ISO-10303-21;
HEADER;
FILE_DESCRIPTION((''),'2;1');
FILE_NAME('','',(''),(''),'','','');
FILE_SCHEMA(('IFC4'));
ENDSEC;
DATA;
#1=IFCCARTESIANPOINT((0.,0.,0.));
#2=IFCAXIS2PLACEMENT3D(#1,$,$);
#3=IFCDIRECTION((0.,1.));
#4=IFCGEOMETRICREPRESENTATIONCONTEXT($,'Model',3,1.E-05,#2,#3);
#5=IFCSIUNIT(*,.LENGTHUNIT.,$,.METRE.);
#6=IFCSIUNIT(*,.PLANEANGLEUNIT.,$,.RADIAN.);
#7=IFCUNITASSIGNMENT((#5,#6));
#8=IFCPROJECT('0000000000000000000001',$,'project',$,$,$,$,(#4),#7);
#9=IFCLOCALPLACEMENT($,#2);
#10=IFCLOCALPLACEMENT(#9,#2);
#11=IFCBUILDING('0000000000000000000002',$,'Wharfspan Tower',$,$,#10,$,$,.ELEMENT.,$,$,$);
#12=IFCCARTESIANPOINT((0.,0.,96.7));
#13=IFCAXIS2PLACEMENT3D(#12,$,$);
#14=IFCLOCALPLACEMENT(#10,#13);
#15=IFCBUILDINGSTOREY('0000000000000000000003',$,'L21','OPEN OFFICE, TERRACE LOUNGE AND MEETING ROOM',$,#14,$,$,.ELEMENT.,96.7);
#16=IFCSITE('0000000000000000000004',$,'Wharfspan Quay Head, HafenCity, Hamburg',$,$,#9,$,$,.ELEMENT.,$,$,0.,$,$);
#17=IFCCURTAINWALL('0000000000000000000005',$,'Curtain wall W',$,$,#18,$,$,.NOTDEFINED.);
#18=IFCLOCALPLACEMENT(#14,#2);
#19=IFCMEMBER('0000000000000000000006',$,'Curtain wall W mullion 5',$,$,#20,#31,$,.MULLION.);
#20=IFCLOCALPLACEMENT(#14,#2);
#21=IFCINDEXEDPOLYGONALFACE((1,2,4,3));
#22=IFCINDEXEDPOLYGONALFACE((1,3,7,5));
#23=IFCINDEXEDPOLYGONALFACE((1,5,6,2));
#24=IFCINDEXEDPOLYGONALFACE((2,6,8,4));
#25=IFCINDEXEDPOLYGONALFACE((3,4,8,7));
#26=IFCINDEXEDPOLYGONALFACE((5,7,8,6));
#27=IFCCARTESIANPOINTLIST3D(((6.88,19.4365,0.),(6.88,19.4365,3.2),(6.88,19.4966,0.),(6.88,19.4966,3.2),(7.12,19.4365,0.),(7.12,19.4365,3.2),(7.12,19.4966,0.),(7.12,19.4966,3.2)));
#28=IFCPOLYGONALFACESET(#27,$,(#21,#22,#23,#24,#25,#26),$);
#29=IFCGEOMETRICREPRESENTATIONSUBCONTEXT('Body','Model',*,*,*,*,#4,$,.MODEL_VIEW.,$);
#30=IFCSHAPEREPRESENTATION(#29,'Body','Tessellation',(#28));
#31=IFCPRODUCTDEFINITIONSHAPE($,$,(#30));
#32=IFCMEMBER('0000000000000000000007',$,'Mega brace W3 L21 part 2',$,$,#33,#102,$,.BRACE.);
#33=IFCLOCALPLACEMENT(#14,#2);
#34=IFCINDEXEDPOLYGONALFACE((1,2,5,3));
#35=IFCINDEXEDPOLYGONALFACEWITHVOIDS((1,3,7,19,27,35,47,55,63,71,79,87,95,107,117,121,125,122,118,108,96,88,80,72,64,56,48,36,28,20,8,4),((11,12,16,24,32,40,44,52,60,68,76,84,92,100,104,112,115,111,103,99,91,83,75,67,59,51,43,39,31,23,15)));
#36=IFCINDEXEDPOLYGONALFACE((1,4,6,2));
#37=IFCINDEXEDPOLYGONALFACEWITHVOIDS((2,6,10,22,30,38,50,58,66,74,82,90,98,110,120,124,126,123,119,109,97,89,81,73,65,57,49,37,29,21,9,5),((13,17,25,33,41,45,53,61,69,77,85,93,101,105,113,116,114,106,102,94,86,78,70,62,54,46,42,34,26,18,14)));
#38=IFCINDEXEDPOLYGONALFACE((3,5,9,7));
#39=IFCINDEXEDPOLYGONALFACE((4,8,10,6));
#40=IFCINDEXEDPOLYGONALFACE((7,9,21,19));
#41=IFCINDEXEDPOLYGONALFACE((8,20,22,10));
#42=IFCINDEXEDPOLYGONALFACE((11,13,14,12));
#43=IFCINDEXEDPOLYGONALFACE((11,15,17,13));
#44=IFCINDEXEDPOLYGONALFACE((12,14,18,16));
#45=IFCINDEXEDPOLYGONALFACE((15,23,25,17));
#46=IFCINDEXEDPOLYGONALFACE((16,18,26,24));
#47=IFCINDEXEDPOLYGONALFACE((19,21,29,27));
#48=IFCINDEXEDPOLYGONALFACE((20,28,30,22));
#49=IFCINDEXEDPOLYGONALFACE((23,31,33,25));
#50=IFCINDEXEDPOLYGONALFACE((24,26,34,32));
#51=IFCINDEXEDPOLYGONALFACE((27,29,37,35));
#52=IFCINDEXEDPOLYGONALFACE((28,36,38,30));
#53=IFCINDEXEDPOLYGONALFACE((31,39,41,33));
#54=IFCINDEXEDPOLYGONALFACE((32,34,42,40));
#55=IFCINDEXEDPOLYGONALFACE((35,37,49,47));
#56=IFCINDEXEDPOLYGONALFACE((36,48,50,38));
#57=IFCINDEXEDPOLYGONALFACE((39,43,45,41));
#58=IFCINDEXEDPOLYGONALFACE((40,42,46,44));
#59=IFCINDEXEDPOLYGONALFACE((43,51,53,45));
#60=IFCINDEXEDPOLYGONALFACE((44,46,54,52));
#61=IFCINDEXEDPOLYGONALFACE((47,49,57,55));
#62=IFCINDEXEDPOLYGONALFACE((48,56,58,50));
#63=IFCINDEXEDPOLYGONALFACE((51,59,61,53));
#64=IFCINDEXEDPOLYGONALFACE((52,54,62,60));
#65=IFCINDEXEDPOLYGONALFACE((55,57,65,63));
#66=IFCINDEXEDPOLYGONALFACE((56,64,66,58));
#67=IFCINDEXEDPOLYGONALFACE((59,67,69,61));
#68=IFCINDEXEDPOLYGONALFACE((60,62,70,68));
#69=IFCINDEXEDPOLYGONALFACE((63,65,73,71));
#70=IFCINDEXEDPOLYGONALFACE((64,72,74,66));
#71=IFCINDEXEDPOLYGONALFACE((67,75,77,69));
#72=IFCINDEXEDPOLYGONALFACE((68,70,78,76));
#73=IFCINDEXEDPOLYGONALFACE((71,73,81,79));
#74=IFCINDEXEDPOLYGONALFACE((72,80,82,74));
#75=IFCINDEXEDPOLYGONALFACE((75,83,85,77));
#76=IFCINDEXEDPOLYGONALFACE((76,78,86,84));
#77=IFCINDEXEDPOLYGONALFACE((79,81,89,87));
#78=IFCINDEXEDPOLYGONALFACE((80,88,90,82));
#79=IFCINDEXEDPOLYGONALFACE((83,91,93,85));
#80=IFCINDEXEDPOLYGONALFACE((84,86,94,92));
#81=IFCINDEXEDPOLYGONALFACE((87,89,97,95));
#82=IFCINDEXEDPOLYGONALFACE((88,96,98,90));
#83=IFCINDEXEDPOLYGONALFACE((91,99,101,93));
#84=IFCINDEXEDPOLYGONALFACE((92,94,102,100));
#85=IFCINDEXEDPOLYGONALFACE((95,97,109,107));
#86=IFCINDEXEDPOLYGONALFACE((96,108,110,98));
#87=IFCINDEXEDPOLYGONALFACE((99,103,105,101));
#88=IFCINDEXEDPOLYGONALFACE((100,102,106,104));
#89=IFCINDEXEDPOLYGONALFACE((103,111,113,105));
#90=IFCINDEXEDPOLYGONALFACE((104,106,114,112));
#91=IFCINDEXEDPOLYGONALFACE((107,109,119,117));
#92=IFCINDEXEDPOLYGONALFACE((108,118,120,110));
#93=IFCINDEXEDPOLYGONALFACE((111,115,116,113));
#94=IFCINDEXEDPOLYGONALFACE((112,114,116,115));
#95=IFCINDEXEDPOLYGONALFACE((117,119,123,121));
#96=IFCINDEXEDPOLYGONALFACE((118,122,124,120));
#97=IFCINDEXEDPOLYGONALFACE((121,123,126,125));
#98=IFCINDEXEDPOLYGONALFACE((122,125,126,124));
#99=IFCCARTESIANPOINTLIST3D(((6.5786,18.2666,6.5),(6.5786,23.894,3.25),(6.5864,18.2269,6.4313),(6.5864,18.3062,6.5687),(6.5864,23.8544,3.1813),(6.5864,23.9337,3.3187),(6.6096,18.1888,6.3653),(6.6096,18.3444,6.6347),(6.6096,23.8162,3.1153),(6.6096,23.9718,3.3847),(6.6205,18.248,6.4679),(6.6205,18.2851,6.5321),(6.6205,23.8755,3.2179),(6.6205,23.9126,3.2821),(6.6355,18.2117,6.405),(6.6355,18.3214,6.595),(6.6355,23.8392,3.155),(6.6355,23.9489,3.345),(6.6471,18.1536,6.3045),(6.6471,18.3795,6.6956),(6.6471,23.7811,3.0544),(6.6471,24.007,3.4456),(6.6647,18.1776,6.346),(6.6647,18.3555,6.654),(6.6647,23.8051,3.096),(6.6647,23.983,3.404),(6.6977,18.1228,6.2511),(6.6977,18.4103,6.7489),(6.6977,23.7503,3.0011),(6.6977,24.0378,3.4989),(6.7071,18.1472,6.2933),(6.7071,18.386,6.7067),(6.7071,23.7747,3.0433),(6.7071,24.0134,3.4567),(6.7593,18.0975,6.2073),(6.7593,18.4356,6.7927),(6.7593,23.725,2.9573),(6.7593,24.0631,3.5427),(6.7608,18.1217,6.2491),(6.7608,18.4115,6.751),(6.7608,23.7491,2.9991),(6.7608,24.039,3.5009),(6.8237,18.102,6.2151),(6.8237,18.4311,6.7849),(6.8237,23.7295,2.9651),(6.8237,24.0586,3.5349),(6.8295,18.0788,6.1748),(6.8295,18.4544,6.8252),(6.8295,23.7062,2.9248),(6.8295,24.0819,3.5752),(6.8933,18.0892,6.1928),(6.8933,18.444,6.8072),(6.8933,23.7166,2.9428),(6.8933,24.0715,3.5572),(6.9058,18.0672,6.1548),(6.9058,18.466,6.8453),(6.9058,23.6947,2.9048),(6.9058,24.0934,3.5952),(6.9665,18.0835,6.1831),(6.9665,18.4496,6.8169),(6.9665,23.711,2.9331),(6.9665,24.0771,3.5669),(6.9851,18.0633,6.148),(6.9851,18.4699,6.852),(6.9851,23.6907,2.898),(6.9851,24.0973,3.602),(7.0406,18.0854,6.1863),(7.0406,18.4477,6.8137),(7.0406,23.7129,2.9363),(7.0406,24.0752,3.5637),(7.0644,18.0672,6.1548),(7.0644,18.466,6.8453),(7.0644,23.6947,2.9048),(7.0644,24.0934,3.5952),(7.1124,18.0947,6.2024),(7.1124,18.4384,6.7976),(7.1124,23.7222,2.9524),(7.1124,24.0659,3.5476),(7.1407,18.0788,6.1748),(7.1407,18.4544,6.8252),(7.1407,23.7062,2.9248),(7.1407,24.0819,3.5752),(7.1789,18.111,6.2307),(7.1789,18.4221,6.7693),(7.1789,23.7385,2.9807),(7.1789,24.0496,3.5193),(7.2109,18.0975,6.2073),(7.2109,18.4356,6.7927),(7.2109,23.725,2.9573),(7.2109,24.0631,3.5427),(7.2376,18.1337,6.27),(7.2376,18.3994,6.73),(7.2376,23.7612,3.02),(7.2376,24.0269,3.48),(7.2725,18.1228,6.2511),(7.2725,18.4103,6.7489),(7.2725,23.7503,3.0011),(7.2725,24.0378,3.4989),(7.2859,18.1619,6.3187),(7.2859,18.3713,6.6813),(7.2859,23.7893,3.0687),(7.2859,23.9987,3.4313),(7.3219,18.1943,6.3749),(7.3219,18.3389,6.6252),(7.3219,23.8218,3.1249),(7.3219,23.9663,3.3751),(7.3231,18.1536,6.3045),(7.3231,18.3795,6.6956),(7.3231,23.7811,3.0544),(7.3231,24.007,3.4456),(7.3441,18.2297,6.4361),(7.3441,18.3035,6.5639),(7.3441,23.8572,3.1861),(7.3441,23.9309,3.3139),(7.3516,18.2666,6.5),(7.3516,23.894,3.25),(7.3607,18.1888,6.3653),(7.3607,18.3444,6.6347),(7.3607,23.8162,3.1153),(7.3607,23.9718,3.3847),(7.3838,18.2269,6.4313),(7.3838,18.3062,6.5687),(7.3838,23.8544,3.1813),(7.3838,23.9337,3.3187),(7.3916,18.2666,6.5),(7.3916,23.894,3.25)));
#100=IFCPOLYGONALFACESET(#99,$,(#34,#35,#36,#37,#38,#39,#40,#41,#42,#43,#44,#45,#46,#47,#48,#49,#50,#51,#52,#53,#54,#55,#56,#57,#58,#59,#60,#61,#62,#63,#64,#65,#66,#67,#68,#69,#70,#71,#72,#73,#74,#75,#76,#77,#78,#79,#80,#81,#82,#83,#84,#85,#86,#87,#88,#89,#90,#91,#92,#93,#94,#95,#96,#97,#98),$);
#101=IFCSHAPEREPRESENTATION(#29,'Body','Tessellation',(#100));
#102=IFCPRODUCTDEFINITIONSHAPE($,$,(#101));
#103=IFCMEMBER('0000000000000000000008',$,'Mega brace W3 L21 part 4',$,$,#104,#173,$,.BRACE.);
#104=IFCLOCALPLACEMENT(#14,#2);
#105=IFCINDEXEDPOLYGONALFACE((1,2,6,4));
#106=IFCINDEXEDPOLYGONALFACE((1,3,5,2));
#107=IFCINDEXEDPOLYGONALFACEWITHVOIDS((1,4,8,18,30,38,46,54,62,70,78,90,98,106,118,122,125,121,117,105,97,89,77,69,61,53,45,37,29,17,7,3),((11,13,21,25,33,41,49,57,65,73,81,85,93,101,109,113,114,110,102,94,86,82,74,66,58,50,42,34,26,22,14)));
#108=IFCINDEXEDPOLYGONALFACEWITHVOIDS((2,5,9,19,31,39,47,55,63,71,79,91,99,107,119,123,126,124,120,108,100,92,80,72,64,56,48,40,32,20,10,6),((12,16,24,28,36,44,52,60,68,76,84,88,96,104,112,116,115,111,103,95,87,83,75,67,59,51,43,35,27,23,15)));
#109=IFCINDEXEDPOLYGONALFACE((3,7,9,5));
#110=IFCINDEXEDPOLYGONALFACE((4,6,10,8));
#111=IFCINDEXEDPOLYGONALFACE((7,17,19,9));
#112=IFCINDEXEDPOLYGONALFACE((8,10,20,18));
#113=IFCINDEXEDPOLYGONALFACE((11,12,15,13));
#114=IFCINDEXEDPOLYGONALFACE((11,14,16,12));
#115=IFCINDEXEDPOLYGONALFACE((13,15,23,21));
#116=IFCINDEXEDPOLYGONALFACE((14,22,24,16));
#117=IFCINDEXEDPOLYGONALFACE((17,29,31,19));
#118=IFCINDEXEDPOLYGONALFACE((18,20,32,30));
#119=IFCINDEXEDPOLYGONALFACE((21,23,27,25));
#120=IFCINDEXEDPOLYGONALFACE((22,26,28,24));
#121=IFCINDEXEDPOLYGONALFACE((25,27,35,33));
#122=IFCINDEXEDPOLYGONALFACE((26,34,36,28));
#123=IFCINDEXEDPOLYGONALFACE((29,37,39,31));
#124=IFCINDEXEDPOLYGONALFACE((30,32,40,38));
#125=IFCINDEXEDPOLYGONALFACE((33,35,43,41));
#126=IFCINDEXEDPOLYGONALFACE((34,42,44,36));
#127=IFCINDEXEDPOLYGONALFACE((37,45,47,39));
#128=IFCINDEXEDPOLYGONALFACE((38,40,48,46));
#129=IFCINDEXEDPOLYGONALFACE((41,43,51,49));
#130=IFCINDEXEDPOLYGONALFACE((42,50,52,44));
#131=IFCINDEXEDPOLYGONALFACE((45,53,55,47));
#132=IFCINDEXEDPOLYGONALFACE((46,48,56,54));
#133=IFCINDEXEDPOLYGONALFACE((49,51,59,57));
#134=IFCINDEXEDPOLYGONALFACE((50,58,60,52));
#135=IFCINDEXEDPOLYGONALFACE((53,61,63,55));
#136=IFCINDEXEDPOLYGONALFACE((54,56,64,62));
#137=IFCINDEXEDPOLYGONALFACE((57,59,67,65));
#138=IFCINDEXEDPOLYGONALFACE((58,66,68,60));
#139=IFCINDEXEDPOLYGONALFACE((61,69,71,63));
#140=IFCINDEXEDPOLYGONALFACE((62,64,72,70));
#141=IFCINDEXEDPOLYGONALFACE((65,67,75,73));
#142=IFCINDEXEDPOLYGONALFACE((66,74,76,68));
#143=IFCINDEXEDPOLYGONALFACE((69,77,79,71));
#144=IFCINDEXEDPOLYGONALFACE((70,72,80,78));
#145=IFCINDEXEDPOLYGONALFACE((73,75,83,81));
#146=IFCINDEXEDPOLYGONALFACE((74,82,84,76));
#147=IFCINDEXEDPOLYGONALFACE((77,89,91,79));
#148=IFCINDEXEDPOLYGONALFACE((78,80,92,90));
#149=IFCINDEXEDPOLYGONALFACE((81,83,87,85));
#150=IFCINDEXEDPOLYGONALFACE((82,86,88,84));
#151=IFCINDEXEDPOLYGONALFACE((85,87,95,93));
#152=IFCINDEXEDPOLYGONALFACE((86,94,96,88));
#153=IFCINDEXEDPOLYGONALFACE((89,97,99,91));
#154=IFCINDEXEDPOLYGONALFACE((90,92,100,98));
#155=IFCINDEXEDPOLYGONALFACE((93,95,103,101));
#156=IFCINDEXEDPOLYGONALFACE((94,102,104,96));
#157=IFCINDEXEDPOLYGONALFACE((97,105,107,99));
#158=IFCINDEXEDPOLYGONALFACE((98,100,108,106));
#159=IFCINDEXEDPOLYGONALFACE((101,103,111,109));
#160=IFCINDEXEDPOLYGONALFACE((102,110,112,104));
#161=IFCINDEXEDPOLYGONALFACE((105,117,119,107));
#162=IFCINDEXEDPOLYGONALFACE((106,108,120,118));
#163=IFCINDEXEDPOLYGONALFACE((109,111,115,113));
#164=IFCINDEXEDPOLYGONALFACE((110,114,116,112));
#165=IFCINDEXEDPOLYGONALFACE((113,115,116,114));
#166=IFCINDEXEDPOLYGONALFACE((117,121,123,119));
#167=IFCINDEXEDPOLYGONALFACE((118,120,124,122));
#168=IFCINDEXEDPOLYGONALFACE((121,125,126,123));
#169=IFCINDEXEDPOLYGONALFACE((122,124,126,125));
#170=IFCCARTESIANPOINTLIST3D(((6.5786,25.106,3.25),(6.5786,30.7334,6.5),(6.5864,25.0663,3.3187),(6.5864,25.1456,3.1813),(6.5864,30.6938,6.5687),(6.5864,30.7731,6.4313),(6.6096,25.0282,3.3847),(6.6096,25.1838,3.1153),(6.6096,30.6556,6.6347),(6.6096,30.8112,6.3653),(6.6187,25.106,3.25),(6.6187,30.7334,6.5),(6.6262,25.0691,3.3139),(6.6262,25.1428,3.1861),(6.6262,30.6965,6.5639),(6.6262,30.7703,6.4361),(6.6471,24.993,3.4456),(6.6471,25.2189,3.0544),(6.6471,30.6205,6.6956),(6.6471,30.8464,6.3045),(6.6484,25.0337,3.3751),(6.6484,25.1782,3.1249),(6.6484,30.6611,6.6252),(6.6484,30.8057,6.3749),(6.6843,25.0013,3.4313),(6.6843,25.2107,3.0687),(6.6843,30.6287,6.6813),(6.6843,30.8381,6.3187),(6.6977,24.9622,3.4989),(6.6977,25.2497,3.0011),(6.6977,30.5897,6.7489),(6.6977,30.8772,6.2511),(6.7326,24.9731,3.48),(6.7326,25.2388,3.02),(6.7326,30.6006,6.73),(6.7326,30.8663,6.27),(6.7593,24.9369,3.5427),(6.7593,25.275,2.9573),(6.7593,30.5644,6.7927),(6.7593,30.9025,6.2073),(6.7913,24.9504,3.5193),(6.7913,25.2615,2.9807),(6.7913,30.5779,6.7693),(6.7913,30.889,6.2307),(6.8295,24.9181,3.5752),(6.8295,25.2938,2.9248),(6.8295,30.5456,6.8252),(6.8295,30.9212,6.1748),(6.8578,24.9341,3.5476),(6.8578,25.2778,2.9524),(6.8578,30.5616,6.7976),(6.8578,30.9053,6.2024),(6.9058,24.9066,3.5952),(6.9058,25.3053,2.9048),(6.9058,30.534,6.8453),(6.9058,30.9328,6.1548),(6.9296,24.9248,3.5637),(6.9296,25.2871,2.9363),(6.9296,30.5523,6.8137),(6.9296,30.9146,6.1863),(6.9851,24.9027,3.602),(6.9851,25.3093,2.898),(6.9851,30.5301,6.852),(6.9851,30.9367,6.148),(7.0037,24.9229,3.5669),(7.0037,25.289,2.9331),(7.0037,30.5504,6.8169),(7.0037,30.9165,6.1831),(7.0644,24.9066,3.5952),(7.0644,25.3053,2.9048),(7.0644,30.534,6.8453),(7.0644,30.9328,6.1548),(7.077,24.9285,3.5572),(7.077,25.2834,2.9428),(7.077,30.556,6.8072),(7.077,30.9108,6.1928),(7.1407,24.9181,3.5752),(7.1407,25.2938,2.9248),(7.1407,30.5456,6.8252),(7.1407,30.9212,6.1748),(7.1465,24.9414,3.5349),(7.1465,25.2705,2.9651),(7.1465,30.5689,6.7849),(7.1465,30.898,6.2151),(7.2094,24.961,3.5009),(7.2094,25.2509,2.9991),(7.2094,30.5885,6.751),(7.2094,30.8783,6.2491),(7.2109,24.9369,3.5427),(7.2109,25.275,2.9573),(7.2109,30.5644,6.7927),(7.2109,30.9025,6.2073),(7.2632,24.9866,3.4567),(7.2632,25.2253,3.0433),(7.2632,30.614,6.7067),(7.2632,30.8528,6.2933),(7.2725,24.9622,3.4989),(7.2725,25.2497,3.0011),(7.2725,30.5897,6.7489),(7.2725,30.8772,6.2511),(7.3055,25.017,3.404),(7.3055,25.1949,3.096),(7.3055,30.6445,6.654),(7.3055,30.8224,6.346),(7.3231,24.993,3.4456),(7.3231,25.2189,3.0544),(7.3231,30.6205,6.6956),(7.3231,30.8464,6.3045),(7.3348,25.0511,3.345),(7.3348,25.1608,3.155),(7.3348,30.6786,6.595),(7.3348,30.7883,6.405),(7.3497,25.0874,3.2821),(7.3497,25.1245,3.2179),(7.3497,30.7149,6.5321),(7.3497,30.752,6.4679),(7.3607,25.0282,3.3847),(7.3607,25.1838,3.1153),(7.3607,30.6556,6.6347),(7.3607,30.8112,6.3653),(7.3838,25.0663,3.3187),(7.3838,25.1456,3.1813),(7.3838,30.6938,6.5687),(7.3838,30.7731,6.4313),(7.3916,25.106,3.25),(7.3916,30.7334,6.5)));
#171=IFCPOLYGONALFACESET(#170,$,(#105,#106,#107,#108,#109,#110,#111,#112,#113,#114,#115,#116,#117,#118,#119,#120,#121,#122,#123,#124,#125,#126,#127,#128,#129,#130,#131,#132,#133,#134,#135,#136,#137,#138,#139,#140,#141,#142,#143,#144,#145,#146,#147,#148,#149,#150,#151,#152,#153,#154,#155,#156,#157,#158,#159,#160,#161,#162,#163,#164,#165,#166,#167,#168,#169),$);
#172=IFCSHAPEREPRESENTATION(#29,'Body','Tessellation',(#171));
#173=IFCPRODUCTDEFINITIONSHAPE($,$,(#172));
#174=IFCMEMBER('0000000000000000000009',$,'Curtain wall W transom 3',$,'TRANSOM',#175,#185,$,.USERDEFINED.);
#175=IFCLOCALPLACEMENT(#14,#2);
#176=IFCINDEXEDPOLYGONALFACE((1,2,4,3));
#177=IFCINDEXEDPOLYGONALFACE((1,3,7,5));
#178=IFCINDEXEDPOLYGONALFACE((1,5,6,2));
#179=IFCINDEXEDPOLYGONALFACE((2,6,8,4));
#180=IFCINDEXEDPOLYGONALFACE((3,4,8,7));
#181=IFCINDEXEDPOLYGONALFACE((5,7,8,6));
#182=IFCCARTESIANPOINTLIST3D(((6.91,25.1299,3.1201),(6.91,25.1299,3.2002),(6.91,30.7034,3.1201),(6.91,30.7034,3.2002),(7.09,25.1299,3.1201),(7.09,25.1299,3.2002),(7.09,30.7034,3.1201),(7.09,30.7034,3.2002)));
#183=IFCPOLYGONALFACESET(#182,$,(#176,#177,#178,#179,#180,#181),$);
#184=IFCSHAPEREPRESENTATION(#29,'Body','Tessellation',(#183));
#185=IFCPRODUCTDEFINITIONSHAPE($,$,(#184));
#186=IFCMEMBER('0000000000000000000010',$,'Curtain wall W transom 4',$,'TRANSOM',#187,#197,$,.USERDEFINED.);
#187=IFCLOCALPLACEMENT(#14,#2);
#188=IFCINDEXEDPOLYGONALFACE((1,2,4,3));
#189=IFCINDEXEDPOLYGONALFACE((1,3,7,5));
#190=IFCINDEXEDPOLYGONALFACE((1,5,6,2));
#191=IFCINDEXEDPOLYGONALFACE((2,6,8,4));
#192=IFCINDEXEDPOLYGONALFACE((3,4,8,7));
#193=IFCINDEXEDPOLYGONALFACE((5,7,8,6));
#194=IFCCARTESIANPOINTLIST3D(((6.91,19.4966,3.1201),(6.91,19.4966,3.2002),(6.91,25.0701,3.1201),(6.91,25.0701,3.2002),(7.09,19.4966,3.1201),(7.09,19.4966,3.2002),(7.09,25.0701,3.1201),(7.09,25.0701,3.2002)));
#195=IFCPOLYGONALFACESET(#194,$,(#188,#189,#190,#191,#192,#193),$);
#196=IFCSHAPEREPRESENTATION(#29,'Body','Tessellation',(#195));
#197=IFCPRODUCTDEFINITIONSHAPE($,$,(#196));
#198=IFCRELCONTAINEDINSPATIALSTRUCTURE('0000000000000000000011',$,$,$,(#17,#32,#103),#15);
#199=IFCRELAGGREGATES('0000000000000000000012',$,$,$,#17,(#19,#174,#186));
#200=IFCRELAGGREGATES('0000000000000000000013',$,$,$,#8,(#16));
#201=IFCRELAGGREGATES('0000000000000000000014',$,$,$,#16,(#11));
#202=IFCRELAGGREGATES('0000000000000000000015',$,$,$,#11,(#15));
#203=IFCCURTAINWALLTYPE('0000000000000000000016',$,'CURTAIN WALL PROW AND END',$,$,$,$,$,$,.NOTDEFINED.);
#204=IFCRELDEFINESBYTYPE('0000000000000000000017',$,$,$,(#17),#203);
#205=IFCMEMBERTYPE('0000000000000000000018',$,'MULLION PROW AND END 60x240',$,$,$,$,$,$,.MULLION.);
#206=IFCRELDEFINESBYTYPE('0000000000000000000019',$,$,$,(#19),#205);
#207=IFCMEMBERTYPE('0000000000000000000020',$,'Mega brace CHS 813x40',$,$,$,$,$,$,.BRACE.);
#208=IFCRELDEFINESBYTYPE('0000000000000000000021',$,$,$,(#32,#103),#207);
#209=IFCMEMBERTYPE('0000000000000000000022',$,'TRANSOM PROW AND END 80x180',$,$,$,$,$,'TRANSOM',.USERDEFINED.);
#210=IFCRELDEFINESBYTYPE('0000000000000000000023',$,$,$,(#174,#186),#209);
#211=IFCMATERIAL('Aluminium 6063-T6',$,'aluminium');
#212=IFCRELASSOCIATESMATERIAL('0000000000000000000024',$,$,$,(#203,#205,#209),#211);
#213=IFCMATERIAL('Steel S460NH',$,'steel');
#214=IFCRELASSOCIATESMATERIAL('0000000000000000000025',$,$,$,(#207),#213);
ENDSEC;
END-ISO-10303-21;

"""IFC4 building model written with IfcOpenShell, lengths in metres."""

from ifc_helpers import new_model, si_unit, direction, frame, origin, origin_2d, place, context, subcontext, project, spatial, rectangle, hollow_circle, extrude, material, material_profile, profile_set, type_object, element, aggregate, save


model = new_model("IFC4")

# Units and contexts
model_context = context("Model", 3, precision=1e-05, world=origin(), true_north=direction((0.0, 1.0)))
body_context = subcontext(model_context, "Body", "Model", "MODEL_VIEW")
ifc_project = project(units=[si_unit("LENGTHUNIT", "METRE"), si_unit("PLANEANGLEUNIT", "RADIAN")], contexts=[model_context])

# Site, building, storey
site_placement = place(None, origin())
site = spatial("IfcSite", under=ifc_project, at=site_placement, Name="Wharfspan Quay Head, HafenCity, Hamburg", CompositionType="ELEMENT", RefElevation=0.0)
building_placement = place(site_placement, origin())
building = spatial("IfcBuilding", under=site, at=building_placement, Name="Wharfspan Tower", CompositionType="ELEMENT")
storey_placement = place(building_placement, frame((0.0, 0.0, 96.7)))
storey = spatial("IfcBuildingStorey", under=building, at=storey_placement, Name="L21", Description="OPEN OFFICE, TERRACE LOUNGE AND MEETING ROOM", CompositionType="ELEMENT", Elevation=96.7)

# Shared definitions
ifc_material_1 = material(Name="Steel S460NH", Category="steel")

# Curtain wall, member
ifc_material_2 = material(Name="Aluminium 6063-T6", Category="aluminium")
curtain_wall_type = type_object("IfcCurtainWallType", Name="CURTAIN WALL PROW AND END", PredefinedType="NOTDEFINED", material=ifc_material_2)
curtain_wall_placement = place(storey_placement, origin())
curtain_wall = element("IfcCurtainWall", 1, at=curtain_wall_placement, inside=storey, type_object=curtain_wall_type, Name="Curtain wall W", PredefinedType="NOTDEFINED")
ifc_material_profile_1 = material_profile(ifc_material_2, rectangle(XDim=0.24, YDim=0.0601, at=origin_2d()))
ifc_profile_set_1 = profile_set([ifc_material_profile_1], Name="Aluminium 6063-T6")
member_type_1 = type_object("IfcMemberType", Name="MULLION PROW AND END 60x240", PredefinedType="MULLION", material=ifc_profile_set_1)
member_1_placement = place(storey_placement, frame((7.0, 19.4666, 0.0), z_axis=(0.0, 0.0, 1.0), x_axis=(1.0, 0.0, 0.0)))
member_1 = element("IfcMember", 2, at=member_1_placement, type_object=member_type_1, Name="Curtain wall W mullion 5", PredefinedType="MULLION", context=body_context, shape_type="SweptSolid", body=[
    extrude(rectangle(XDim=0.24, YDim=0.0601, at=origin_2d()), origin(), (0.0, 0.0, 1.0), 3.2),
])

# Members
ifc_material_profile_2 = material_profile(ifc_material_1, hollow_circle(Radius=0.4065, WallThickness=0.04, at=origin_2d()))
ifc_profile_set_2 = profile_set([ifc_material_profile_2], Name="Steel S460NH")
member_type_2 = type_object("IfcMemberType", Name="Mega brace CHS 813x40", PredefinedType="BRACE", material=ifc_profile_set_2)
for number, where, z_axis, x_axis, name in (
    (3, (6.9851, 23.894, 3.25), (0.0, -0.865959, 0.500115), (1.0, 0.0, 0.0), "Mega brace W3 L21 part 2"),
    (4, (6.9851, 25.106, 3.25), (0.0, 0.865959, 0.500115), (-1.0, 0.0, 0.0), "Mega brace W3 L21 part 4"),
):
    element("IfcMember", number, at=place(storey_placement, frame(where, z_axis=z_axis, x_axis=x_axis)), inside=storey, type_object=member_type_2, Name=name, PredefinedType="BRACE", context=body_context, shape_type="SweptSolid", body=[
        extrude(hollow_circle(Radius=0.4065, WallThickness=0.04, at=origin_2d()), origin(), (0.0, 0.0, 1.0), 6.4985),
    ])

# Members
ifc_material_profile_3 = material_profile(ifc_material_2, rectangle(XDim=0.1799, YDim=0.0801, at=origin_2d()))
ifc_profile_set_3 = profile_set([ifc_material_profile_3], Name="Aluminium 6063-T6")
member_type_3 = type_object("IfcMemberType", Name="TRANSOM PROW AND END 80x180", ElementType="TRANSOM", PredefinedType="USERDEFINED", material=ifc_profile_set_3)
member_2_placement = place(storey_placement, frame((7.0, 30.7034, 3.1602), z_axis=(0.0, -1.0, 0.0), x_axis=(1.0, 0.0, 0.0)))
member_2 = element("IfcMember", 5, at=member_2_placement, type_object=member_type_3, Name="Curtain wall W transom 3", ObjectType="TRANSOM", PredefinedType="USERDEFINED", context=body_context, shape_type="SweptSolid", body=[
    extrude(rectangle(XDim=0.1799, YDim=0.0801, at=origin_2d()), origin(), (0.0, 0.0, 1.0), 5.5735),
])
member_3_placement = place(storey_placement, frame((7.0, 25.0701, 3.1602), z_axis=(0.0, -1.0, 0.0), x_axis=(1.0, 0.0, 0.0)))
member_3 = element("IfcMember", 6, at=member_3_placement, type_object=member_type_3, Name="Curtain wall W transom 4", ObjectType="TRANSOM", PredefinedType="USERDEFINED", context=body_context, shape_type="SweptSolid", body=[
    extrude(rectangle(XDim=0.1799, YDim=0.0801, at=origin_2d()), origin(), (0.0, 0.0, 1.0), 5.5735),
])

aggregate(curtain_wall, [member_1, member_2, member_3])

save(model, "model.ifc")
